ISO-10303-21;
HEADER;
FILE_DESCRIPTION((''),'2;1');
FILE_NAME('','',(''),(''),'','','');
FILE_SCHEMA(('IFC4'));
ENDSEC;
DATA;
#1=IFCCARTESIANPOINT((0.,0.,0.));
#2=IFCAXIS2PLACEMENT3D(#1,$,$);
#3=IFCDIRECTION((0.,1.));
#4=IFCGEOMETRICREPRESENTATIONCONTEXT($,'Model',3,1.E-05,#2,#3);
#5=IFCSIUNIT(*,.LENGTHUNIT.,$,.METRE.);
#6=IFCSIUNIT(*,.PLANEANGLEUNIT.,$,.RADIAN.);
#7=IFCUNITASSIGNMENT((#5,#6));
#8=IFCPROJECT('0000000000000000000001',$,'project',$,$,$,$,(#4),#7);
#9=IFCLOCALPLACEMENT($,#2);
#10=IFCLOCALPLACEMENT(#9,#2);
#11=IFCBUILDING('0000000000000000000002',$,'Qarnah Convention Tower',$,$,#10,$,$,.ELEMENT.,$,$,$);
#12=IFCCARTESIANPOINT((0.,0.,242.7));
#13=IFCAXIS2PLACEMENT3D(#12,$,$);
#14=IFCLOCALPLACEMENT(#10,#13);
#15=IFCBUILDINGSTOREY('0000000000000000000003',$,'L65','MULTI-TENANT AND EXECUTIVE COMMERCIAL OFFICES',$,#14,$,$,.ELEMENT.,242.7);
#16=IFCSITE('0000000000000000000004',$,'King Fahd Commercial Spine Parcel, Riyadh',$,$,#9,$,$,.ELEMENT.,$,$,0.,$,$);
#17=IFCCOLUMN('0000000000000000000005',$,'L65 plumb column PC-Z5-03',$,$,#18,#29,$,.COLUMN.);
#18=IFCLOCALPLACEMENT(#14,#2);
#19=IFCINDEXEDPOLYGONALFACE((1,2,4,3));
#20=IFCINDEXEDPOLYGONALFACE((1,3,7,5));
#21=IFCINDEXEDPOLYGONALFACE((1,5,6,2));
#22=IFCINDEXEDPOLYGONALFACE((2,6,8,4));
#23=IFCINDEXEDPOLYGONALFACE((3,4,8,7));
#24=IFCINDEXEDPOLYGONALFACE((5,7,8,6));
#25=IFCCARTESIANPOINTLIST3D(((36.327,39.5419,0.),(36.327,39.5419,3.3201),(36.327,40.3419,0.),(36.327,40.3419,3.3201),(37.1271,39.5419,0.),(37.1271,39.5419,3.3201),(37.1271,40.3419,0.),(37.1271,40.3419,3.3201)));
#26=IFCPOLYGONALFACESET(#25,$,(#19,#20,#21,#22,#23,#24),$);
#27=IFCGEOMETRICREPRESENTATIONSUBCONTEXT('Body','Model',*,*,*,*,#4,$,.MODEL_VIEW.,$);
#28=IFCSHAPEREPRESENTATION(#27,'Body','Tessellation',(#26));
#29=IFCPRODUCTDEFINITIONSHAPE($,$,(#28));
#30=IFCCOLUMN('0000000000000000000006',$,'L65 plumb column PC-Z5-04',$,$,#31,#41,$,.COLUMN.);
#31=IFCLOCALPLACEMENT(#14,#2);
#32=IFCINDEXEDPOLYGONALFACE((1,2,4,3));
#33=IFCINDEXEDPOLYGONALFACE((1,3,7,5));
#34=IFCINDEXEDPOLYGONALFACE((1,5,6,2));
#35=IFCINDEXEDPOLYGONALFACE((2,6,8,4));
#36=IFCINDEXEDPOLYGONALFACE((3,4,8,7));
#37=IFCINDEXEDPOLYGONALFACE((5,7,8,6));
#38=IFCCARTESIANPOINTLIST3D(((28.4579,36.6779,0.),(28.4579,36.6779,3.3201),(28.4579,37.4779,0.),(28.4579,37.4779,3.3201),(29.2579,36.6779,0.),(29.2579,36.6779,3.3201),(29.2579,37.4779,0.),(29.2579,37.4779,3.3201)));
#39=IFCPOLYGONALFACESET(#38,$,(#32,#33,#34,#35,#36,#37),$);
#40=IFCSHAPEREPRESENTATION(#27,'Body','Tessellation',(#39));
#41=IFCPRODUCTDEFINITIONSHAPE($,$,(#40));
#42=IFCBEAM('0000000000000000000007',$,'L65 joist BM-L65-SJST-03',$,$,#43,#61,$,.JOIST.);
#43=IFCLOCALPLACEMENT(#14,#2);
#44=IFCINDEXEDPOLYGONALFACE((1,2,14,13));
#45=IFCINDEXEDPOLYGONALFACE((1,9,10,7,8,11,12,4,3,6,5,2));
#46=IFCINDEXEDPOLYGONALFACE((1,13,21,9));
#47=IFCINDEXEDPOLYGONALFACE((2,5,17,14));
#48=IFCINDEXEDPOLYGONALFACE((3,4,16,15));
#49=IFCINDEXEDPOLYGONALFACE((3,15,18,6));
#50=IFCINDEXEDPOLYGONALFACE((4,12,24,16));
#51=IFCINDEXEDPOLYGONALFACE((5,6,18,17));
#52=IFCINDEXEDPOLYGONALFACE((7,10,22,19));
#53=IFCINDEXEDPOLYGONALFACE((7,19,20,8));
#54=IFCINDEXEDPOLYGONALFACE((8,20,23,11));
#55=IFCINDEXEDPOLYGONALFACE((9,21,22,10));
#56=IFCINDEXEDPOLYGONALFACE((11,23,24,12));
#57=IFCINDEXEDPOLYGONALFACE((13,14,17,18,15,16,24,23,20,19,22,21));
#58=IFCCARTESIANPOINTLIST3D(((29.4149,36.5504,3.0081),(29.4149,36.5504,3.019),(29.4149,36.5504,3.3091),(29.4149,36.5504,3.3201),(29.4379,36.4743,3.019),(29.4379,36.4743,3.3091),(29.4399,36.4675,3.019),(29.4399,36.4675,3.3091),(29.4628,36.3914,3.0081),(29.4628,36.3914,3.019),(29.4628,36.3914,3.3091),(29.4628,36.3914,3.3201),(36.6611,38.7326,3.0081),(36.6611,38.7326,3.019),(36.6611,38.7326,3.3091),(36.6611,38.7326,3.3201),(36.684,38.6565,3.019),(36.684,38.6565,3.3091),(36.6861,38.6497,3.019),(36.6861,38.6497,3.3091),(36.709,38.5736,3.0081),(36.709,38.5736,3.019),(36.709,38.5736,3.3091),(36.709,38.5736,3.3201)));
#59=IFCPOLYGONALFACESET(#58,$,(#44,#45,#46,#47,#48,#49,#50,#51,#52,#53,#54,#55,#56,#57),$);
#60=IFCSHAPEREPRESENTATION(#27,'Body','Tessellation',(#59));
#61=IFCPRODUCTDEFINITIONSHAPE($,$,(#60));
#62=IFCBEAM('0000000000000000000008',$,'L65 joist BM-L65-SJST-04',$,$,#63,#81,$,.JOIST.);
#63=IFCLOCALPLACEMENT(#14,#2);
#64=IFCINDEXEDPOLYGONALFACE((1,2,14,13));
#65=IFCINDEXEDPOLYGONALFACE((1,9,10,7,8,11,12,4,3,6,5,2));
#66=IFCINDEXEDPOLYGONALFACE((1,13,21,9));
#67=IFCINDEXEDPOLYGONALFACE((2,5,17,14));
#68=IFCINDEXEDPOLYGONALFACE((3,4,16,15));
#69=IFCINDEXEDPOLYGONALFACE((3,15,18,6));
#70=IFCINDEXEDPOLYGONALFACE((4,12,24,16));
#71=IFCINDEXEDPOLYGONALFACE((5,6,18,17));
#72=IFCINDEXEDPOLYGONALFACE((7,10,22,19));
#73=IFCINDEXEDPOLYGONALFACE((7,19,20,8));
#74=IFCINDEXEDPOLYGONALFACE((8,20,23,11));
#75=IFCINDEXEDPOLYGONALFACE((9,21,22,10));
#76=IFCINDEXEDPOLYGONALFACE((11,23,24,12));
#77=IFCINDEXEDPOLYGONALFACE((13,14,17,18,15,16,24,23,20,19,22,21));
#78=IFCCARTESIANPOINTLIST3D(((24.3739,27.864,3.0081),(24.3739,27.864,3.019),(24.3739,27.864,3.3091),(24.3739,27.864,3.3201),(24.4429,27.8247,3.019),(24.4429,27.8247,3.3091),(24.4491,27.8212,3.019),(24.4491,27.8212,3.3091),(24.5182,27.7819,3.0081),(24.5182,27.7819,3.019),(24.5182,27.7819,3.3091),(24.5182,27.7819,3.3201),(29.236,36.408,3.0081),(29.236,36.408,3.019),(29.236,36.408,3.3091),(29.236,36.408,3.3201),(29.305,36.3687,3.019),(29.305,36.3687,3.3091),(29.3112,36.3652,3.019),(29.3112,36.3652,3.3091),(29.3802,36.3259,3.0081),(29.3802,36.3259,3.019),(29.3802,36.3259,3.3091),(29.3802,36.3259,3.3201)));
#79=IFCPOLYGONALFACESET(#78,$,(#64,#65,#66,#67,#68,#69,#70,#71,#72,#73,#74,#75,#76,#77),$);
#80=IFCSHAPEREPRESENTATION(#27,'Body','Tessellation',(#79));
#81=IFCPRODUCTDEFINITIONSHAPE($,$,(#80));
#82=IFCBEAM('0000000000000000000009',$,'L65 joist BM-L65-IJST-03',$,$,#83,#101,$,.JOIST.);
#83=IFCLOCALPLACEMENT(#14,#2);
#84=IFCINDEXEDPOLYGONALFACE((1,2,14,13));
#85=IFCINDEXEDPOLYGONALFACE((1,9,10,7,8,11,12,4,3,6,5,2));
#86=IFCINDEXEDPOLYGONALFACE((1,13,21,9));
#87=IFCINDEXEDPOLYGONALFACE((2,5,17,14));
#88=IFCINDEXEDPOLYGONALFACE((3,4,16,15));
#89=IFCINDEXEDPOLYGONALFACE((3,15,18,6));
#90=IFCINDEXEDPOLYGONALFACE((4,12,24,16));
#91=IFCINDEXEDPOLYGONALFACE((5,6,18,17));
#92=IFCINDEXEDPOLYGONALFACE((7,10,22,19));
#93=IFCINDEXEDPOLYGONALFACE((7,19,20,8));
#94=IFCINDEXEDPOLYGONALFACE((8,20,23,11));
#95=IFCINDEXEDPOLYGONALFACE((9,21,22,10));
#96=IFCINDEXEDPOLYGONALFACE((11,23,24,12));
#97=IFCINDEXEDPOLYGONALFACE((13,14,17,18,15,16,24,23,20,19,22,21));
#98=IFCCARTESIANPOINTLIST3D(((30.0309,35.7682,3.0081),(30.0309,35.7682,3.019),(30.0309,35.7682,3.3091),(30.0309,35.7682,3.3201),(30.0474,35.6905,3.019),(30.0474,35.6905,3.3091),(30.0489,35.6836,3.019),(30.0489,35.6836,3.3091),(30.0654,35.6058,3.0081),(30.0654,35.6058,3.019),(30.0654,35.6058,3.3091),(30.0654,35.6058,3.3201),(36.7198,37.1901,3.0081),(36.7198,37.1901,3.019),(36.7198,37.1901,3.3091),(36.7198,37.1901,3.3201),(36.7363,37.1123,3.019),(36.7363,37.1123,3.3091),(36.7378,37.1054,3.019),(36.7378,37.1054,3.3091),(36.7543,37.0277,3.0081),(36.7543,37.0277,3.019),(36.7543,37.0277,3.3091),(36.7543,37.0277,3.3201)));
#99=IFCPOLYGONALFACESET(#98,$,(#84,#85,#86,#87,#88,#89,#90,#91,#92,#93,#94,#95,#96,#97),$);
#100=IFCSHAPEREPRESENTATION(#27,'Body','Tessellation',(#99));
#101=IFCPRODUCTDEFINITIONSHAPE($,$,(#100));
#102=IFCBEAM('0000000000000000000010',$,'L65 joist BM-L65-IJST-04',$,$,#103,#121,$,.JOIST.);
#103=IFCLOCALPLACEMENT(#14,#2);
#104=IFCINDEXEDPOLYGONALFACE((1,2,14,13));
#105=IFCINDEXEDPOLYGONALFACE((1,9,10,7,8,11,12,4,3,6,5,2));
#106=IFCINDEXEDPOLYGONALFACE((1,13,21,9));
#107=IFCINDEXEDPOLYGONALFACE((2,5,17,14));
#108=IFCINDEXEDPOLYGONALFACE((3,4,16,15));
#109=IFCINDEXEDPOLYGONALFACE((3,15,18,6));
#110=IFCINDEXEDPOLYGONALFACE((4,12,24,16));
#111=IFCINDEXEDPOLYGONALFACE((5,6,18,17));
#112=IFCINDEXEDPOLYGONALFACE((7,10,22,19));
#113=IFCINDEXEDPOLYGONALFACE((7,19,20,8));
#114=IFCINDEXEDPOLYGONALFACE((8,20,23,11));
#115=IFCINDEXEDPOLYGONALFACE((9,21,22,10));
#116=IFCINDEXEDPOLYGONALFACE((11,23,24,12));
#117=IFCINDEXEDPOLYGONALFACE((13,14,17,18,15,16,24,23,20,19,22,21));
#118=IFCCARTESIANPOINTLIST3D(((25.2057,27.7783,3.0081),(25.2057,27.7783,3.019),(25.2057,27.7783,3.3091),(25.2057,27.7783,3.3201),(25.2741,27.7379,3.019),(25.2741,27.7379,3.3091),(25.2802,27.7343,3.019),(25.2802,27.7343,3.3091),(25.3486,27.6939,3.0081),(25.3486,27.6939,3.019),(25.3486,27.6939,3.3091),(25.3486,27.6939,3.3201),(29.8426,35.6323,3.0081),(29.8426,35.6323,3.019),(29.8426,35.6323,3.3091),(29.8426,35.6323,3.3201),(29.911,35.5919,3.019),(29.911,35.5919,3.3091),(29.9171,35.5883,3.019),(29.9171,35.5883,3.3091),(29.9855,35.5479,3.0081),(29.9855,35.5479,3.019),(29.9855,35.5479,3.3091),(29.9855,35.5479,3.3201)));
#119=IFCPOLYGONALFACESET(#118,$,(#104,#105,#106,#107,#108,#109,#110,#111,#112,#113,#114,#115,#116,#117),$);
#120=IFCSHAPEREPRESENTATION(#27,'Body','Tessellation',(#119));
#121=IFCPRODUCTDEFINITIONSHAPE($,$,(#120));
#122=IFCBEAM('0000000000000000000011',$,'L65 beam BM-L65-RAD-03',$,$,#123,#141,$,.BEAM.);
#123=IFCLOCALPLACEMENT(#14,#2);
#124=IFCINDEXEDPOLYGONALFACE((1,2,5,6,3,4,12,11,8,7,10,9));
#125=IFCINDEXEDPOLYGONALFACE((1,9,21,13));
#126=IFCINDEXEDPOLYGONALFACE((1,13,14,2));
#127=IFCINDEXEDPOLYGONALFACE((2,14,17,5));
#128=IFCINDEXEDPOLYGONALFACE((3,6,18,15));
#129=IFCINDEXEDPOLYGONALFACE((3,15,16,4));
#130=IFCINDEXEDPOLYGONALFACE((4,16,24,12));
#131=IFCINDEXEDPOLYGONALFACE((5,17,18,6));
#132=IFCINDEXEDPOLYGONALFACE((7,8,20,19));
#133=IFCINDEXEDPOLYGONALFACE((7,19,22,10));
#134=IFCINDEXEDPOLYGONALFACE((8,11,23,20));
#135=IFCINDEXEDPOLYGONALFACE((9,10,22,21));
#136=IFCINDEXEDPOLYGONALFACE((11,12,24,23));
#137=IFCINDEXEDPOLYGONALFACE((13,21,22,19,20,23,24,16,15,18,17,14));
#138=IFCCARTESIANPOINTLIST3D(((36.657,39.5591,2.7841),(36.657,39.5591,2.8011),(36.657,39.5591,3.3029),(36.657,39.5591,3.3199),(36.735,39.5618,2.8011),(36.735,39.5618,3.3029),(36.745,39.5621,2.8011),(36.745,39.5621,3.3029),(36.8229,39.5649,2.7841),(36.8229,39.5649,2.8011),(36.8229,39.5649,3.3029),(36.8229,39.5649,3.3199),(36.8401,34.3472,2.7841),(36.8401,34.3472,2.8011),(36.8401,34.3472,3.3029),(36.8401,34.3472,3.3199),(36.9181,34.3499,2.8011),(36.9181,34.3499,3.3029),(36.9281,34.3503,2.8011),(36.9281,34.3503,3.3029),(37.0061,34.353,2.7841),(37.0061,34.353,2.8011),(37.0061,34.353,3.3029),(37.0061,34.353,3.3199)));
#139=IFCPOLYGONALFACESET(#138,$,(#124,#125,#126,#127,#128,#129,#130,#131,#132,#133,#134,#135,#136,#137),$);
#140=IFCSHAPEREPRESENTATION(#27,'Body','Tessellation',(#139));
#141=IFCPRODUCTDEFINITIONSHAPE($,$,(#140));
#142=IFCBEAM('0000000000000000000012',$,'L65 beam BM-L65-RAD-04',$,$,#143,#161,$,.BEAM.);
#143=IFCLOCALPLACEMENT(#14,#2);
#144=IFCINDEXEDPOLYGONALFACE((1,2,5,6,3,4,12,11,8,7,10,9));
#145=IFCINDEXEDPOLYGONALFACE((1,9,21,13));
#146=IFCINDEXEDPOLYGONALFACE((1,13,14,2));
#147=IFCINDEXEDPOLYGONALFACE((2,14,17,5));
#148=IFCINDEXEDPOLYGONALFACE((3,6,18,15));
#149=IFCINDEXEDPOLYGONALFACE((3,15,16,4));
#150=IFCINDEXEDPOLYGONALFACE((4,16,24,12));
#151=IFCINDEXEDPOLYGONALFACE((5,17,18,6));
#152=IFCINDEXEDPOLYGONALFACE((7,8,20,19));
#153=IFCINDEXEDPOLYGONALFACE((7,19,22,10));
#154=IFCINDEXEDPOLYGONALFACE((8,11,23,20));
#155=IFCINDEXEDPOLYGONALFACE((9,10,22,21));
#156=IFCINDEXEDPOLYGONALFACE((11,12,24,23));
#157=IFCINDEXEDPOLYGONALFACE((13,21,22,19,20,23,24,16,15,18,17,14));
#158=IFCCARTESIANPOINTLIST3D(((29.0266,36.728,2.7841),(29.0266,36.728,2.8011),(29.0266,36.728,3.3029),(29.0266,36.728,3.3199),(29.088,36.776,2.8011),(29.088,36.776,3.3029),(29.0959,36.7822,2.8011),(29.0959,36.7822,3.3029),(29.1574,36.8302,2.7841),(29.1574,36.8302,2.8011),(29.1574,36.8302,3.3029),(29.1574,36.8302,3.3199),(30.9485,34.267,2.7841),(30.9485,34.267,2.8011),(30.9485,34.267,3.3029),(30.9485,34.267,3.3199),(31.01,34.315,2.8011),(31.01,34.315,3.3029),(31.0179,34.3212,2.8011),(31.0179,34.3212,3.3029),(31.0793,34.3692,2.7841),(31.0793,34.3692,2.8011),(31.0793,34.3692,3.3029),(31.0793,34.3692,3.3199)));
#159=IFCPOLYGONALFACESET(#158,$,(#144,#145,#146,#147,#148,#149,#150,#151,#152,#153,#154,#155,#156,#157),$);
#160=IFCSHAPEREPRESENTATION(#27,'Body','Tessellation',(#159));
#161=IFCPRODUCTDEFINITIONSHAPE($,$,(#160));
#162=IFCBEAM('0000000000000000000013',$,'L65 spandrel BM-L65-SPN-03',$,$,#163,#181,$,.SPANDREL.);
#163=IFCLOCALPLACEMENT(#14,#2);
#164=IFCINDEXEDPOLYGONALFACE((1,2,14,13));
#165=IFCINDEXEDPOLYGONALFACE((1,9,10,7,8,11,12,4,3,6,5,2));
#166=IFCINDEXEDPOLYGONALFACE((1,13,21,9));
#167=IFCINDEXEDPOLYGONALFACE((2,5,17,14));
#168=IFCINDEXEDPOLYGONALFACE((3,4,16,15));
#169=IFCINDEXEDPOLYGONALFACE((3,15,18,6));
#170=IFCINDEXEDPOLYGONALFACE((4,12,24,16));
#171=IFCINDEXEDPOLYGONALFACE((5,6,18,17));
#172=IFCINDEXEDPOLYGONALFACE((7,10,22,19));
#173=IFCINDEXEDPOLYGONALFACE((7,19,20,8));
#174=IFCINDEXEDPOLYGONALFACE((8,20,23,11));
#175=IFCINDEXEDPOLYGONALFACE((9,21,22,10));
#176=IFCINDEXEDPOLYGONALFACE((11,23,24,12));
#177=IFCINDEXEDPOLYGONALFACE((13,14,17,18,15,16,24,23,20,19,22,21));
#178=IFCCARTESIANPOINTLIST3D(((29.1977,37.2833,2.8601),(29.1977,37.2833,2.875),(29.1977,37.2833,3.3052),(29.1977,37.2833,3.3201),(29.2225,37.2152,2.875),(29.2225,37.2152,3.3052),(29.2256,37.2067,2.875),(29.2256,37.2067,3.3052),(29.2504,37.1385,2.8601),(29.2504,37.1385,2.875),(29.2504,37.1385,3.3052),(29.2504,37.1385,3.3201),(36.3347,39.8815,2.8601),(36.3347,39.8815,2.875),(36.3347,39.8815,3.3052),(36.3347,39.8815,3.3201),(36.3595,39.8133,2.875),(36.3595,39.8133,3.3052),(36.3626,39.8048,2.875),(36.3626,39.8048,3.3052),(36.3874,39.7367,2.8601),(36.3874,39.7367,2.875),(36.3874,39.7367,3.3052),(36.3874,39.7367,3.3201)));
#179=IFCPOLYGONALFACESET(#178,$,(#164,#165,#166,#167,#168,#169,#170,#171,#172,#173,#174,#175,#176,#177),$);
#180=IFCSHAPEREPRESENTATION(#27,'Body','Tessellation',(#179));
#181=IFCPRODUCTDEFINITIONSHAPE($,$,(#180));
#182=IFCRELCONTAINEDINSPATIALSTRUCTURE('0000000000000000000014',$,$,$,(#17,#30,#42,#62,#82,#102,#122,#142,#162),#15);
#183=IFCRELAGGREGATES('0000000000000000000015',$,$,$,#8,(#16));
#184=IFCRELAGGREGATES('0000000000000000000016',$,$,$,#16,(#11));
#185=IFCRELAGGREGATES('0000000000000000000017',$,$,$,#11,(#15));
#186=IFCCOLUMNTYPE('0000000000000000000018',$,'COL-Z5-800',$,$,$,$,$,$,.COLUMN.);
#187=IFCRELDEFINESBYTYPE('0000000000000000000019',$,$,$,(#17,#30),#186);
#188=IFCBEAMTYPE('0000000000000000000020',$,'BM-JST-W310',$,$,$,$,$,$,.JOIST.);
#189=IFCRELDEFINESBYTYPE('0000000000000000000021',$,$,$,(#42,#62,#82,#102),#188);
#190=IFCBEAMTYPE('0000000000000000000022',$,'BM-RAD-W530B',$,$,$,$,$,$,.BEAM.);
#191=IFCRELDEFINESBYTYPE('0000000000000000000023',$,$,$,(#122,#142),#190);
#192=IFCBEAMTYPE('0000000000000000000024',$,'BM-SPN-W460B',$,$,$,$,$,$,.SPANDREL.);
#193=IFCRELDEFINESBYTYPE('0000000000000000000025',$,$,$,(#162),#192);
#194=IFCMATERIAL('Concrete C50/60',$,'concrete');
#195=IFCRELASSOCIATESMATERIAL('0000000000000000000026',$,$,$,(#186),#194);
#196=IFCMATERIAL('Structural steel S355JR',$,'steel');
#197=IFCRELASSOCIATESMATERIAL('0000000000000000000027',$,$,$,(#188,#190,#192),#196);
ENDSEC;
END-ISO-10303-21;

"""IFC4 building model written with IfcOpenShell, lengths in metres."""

from ifc_helpers import new_model, si_unit, direction, frame, origin, origin_2d, place, context, subcontext, project, spatial, rectangle, i_section, extrude, material, material_profile, profile_set, type_object, element, save


model = new_model("IFC4")

# Units and contexts
model_context = context("Model", 3, precision=1e-05, world=origin(), true_north=direction((0.0, 1.0)))
body_context = subcontext(model_context, "Body", "Model", "MODEL_VIEW")
ifc_project = project(units=[si_unit("LENGTHUNIT", "METRE"), si_unit("PLANEANGLEUNIT", "RADIAN")], contexts=[model_context])

# Site, building, storey
site_placement = place(None, origin())
site = spatial("IfcSite", under=ifc_project, at=site_placement, Name="King Fahd Commercial Spine Parcel, Riyadh", CompositionType="ELEMENT", RefElevation=0.0)
building_placement = place(site_placement, origin())
building = spatial("IfcBuilding", under=site, at=building_placement, Name="Qarnah Convention Tower", CompositionType="ELEMENT")
storey_placement = place(building_placement, frame((0.0, 0.0, 242.7)))
storey = spatial("IfcBuildingStorey", under=building, at=storey_placement, Name="L65", Description="MULTI-TENANT AND EXECUTIVE COMMERCIAL OFFICES", CompositionType="ELEMENT", Elevation=242.7)

# Columns
ifc_material_1 = material(Name="Concrete C50/60", Category="concrete")
ifc_material_profile_1 = material_profile(ifc_material_1, rectangle(XDim=0.8, YDim=0.8, at=origin_2d()), Name="RC-COL-800X800")
ifc_profile_set_1 = profile_set([ifc_material_profile_1], Name="Concrete C50/60")
column_type = type_object("IfcColumnType", Name="COL-Z5-800", PredefinedType="COLUMN", material=ifc_profile_set_1)
for number, where, z_axis, x_axis, name in (
    (1, (36.7271, 39.9419, 0.0), (0.0, 0.0, 1.0), (1.0, 0.0, 0.0), "L65 plumb column PC-Z5-03"),
    (2, (28.8579, 37.0779, 0.0), (0.0, 0.0, 1.0), (1.0, 0.0, 0.0), "L65 plumb column PC-Z5-04"),
):
    element("IfcColumn", number, at=place(storey_placement, frame(where, z_axis=z_axis, x_axis=x_axis)), inside=storey, type_object=column_type, Name=name, PredefinedType="COLUMN", context=body_context, shape_type="SweptSolid", body=[
        extrude(rectangle(XDim=0.8, YDim=0.8, at=origin_2d()), origin(), (0.0, 0.0, 1.0), 3.3201),
    ])

# Beams
ifc_material_2 = material(Name="Structural steel S355JR", Category="steel")
ifc_material_profile_2 = material_profile(ifc_material_2, i_section(OverallWidth=0.166, OverallDepth=0.312, WebThickness=0.0071, FlangeThickness=0.011, at=origin_2d()), Name="W310X45")
ifc_profile_set_2 = profile_set([ifc_material_profile_2], Name="Structural steel S355JR")
beam_type_1 = type_object("IfcBeamType", Name="BM-JST-W310", PredefinedType="JOIST", material=ifc_profile_set_2)
beam_1_placement = place(storey_placement, frame((36.6851, 38.6531, 3.1641), z_axis=(-0.957524, -0.288354, 0.0), x_axis=(0.288354, -0.957524, 0.0)))
element("IfcBeam", 3, at=beam_1_placement, inside=storey, type_object=beam_type_1, Name="L65 joist BM-L65-SJST-03", PredefinedType="JOIST", context=body_context, shape_type="SweptSolid", body=[
    extrude(i_section(OverallWidth=0.166, OverallDepth=0.312, WebThickness=0.0071, FlangeThickness=0.011, at=origin_2d()), origin(), (0.0, 0.0, 1.0), 7.5676),
])
beam_2_placement = place(storey_placement, frame((29.3081, 36.3669, 3.1641), z_axis=(-0.49459, -0.869127, 0.0), x_axis=(0.869127, -0.49459, 0.0)))
element("IfcBeam", 4, at=beam_2_placement, inside=storey, type_object=beam_type_1, Name="L65 joist BM-L65-SJST-04", PredefinedType="JOIST", context=body_context, shape_type="SweptSolid", body=[
    extrude(i_section(OverallWidth=0.166, OverallDepth=0.312, WebThickness=0.0071, FlangeThickness=0.011, at=origin_2d()), origin(), (0.0, 0.0, 1.0), 9.8306),
])
beam_3_placement = place(storey_placement, frame((36.7371, 37.1089, 3.1641), z_axis=(-0.978145, -0.207925, 0.0), x_axis=(0.207925, -0.978145, 0.0)))
element("IfcBeam", 5, at=beam_3_placement, inside=storey, type_object=beam_type_1, Name="L65 joist BM-L65-IJST-03", PredefinedType="JOIST", context=body_context, shape_type="SweptSolid", body=[
    extrude(i_section(OverallWidth=0.166, OverallDepth=0.312, WebThickness=0.0071, FlangeThickness=0.011, at=origin_2d()), origin(), (0.0, 0.0, 1.0), 6.8384),
])
beam_4_placement = place(storey_placement, frame((29.9141, 35.5901, 3.1641), z_axis=(-0.508401, -0.86112, 0.0), x_axis=(0.86112, -0.508401, 0.0)))
element("IfcBeam", 6, at=beam_4_placement, inside=storey, type_object=beam_type_1, Name="L65 joist BM-L65-IJST-04", PredefinedType="JOIST", context=body_context, shape_type="SweptSolid", body=[
    extrude(i_section(OverallWidth=0.166, OverallDepth=0.312, WebThickness=0.0071, FlangeThickness=0.011, at=origin_2d()), origin(), (0.0, 0.0, 1.0), 9.1206),
])
ifc_material_profile_3 = material_profile(ifc_material_2, i_section(OverallWidth=0.166, OverallDepth=0.5359, WebThickness=0.01, FlangeThickness=0.0171, at=origin_2d()), Name="W530X85")
ifc_profile_set_3 = profile_set([ifc_material_profile_3], Name="Structural steel S355JR")
beam_type_2 = type_object("IfcBeamType", Name="BM-RAD-W530B", PredefinedType="BEAM", material=ifc_profile_set_3)
beam_5_placement = place(storey_placement, frame((36.9231, 34.3501, 3.052), z_axis=(-0.03511, 0.999383, 0.0), x_axis=(-0.999383, -0.03511, 0.0)))
element("IfcBeam", 7, at=beam_5_placement, inside=storey, type_object=beam_type_2, Name="L65 beam BM-L65-RAD-03", PredefinedType="BEAM", context=body_context, shape_type="SweptSolid", body=[
    extrude(i_section(OverallWidth=0.166, OverallDepth=0.5359, WebThickness=0.01, FlangeThickness=0.0171, at=origin_2d()), origin(), (0.0, 0.0, 1.0), 5.2151),
])
beam_6_placement = place(storey_placement, frame((31.0139, 34.3181, 3.052), z_axis=(-0.615498, 0.788138, 0.0), x_axis=(-0.788138, -0.615498, 0.0)))
element("IfcBeam", 8, at=beam_6_placement, inside=storey, type_object=beam_type_2, Name="L65 beam BM-L65-RAD-04", PredefinedType="BEAM", context=body_context, shape_type="SweptSolid", body=[
    extrude(i_section(OverallWidth=0.166, OverallDepth=0.5359, WebThickness=0.01, FlangeThickness=0.0171, at=origin_2d()), origin(), (0.0, 0.0, 1.0), 3.1226),
])
ifc_material_profile_4 = material_profile(ifc_material_2, i_section(OverallWidth=0.1541, OverallDepth=0.46, WebThickness=0.009, FlangeThickness=0.0149, at=origin_2d()), Name="W460X68")
ifc_profile_set_4 = profile_set([ifc_material_profile_4], Name="Structural steel S355JR")
beam_type_3 = type_object("IfcBeamType", Name="BM-SPN-W460B", PredefinedType="SPANDREL", material=ifc_profile_set_4)
beam_7_placement = place(storey_placement, frame((36.3611, 39.8091, 3.0901), z_axis=(-0.939671, -0.342079, 0.0), x_axis=(0.342079, -0.939671, 0.0)))
element("IfcBeam", 9, at=beam_7_placement, inside=storey, type_object=beam_type_3, Name="L65 spandrel BM-L65-SPN-03", PredefinedType="SPANDREL", context=body_context, shape_type="SweptSolid", body=[
    extrude(i_section(OverallWidth=0.1541, OverallDepth=0.46, WebThickness=0.009, FlangeThickness=0.0149, at=origin_2d()), origin(), (0.0, 0.0, 1.0), 7.5952),
])

save(model, "model.ifc")
